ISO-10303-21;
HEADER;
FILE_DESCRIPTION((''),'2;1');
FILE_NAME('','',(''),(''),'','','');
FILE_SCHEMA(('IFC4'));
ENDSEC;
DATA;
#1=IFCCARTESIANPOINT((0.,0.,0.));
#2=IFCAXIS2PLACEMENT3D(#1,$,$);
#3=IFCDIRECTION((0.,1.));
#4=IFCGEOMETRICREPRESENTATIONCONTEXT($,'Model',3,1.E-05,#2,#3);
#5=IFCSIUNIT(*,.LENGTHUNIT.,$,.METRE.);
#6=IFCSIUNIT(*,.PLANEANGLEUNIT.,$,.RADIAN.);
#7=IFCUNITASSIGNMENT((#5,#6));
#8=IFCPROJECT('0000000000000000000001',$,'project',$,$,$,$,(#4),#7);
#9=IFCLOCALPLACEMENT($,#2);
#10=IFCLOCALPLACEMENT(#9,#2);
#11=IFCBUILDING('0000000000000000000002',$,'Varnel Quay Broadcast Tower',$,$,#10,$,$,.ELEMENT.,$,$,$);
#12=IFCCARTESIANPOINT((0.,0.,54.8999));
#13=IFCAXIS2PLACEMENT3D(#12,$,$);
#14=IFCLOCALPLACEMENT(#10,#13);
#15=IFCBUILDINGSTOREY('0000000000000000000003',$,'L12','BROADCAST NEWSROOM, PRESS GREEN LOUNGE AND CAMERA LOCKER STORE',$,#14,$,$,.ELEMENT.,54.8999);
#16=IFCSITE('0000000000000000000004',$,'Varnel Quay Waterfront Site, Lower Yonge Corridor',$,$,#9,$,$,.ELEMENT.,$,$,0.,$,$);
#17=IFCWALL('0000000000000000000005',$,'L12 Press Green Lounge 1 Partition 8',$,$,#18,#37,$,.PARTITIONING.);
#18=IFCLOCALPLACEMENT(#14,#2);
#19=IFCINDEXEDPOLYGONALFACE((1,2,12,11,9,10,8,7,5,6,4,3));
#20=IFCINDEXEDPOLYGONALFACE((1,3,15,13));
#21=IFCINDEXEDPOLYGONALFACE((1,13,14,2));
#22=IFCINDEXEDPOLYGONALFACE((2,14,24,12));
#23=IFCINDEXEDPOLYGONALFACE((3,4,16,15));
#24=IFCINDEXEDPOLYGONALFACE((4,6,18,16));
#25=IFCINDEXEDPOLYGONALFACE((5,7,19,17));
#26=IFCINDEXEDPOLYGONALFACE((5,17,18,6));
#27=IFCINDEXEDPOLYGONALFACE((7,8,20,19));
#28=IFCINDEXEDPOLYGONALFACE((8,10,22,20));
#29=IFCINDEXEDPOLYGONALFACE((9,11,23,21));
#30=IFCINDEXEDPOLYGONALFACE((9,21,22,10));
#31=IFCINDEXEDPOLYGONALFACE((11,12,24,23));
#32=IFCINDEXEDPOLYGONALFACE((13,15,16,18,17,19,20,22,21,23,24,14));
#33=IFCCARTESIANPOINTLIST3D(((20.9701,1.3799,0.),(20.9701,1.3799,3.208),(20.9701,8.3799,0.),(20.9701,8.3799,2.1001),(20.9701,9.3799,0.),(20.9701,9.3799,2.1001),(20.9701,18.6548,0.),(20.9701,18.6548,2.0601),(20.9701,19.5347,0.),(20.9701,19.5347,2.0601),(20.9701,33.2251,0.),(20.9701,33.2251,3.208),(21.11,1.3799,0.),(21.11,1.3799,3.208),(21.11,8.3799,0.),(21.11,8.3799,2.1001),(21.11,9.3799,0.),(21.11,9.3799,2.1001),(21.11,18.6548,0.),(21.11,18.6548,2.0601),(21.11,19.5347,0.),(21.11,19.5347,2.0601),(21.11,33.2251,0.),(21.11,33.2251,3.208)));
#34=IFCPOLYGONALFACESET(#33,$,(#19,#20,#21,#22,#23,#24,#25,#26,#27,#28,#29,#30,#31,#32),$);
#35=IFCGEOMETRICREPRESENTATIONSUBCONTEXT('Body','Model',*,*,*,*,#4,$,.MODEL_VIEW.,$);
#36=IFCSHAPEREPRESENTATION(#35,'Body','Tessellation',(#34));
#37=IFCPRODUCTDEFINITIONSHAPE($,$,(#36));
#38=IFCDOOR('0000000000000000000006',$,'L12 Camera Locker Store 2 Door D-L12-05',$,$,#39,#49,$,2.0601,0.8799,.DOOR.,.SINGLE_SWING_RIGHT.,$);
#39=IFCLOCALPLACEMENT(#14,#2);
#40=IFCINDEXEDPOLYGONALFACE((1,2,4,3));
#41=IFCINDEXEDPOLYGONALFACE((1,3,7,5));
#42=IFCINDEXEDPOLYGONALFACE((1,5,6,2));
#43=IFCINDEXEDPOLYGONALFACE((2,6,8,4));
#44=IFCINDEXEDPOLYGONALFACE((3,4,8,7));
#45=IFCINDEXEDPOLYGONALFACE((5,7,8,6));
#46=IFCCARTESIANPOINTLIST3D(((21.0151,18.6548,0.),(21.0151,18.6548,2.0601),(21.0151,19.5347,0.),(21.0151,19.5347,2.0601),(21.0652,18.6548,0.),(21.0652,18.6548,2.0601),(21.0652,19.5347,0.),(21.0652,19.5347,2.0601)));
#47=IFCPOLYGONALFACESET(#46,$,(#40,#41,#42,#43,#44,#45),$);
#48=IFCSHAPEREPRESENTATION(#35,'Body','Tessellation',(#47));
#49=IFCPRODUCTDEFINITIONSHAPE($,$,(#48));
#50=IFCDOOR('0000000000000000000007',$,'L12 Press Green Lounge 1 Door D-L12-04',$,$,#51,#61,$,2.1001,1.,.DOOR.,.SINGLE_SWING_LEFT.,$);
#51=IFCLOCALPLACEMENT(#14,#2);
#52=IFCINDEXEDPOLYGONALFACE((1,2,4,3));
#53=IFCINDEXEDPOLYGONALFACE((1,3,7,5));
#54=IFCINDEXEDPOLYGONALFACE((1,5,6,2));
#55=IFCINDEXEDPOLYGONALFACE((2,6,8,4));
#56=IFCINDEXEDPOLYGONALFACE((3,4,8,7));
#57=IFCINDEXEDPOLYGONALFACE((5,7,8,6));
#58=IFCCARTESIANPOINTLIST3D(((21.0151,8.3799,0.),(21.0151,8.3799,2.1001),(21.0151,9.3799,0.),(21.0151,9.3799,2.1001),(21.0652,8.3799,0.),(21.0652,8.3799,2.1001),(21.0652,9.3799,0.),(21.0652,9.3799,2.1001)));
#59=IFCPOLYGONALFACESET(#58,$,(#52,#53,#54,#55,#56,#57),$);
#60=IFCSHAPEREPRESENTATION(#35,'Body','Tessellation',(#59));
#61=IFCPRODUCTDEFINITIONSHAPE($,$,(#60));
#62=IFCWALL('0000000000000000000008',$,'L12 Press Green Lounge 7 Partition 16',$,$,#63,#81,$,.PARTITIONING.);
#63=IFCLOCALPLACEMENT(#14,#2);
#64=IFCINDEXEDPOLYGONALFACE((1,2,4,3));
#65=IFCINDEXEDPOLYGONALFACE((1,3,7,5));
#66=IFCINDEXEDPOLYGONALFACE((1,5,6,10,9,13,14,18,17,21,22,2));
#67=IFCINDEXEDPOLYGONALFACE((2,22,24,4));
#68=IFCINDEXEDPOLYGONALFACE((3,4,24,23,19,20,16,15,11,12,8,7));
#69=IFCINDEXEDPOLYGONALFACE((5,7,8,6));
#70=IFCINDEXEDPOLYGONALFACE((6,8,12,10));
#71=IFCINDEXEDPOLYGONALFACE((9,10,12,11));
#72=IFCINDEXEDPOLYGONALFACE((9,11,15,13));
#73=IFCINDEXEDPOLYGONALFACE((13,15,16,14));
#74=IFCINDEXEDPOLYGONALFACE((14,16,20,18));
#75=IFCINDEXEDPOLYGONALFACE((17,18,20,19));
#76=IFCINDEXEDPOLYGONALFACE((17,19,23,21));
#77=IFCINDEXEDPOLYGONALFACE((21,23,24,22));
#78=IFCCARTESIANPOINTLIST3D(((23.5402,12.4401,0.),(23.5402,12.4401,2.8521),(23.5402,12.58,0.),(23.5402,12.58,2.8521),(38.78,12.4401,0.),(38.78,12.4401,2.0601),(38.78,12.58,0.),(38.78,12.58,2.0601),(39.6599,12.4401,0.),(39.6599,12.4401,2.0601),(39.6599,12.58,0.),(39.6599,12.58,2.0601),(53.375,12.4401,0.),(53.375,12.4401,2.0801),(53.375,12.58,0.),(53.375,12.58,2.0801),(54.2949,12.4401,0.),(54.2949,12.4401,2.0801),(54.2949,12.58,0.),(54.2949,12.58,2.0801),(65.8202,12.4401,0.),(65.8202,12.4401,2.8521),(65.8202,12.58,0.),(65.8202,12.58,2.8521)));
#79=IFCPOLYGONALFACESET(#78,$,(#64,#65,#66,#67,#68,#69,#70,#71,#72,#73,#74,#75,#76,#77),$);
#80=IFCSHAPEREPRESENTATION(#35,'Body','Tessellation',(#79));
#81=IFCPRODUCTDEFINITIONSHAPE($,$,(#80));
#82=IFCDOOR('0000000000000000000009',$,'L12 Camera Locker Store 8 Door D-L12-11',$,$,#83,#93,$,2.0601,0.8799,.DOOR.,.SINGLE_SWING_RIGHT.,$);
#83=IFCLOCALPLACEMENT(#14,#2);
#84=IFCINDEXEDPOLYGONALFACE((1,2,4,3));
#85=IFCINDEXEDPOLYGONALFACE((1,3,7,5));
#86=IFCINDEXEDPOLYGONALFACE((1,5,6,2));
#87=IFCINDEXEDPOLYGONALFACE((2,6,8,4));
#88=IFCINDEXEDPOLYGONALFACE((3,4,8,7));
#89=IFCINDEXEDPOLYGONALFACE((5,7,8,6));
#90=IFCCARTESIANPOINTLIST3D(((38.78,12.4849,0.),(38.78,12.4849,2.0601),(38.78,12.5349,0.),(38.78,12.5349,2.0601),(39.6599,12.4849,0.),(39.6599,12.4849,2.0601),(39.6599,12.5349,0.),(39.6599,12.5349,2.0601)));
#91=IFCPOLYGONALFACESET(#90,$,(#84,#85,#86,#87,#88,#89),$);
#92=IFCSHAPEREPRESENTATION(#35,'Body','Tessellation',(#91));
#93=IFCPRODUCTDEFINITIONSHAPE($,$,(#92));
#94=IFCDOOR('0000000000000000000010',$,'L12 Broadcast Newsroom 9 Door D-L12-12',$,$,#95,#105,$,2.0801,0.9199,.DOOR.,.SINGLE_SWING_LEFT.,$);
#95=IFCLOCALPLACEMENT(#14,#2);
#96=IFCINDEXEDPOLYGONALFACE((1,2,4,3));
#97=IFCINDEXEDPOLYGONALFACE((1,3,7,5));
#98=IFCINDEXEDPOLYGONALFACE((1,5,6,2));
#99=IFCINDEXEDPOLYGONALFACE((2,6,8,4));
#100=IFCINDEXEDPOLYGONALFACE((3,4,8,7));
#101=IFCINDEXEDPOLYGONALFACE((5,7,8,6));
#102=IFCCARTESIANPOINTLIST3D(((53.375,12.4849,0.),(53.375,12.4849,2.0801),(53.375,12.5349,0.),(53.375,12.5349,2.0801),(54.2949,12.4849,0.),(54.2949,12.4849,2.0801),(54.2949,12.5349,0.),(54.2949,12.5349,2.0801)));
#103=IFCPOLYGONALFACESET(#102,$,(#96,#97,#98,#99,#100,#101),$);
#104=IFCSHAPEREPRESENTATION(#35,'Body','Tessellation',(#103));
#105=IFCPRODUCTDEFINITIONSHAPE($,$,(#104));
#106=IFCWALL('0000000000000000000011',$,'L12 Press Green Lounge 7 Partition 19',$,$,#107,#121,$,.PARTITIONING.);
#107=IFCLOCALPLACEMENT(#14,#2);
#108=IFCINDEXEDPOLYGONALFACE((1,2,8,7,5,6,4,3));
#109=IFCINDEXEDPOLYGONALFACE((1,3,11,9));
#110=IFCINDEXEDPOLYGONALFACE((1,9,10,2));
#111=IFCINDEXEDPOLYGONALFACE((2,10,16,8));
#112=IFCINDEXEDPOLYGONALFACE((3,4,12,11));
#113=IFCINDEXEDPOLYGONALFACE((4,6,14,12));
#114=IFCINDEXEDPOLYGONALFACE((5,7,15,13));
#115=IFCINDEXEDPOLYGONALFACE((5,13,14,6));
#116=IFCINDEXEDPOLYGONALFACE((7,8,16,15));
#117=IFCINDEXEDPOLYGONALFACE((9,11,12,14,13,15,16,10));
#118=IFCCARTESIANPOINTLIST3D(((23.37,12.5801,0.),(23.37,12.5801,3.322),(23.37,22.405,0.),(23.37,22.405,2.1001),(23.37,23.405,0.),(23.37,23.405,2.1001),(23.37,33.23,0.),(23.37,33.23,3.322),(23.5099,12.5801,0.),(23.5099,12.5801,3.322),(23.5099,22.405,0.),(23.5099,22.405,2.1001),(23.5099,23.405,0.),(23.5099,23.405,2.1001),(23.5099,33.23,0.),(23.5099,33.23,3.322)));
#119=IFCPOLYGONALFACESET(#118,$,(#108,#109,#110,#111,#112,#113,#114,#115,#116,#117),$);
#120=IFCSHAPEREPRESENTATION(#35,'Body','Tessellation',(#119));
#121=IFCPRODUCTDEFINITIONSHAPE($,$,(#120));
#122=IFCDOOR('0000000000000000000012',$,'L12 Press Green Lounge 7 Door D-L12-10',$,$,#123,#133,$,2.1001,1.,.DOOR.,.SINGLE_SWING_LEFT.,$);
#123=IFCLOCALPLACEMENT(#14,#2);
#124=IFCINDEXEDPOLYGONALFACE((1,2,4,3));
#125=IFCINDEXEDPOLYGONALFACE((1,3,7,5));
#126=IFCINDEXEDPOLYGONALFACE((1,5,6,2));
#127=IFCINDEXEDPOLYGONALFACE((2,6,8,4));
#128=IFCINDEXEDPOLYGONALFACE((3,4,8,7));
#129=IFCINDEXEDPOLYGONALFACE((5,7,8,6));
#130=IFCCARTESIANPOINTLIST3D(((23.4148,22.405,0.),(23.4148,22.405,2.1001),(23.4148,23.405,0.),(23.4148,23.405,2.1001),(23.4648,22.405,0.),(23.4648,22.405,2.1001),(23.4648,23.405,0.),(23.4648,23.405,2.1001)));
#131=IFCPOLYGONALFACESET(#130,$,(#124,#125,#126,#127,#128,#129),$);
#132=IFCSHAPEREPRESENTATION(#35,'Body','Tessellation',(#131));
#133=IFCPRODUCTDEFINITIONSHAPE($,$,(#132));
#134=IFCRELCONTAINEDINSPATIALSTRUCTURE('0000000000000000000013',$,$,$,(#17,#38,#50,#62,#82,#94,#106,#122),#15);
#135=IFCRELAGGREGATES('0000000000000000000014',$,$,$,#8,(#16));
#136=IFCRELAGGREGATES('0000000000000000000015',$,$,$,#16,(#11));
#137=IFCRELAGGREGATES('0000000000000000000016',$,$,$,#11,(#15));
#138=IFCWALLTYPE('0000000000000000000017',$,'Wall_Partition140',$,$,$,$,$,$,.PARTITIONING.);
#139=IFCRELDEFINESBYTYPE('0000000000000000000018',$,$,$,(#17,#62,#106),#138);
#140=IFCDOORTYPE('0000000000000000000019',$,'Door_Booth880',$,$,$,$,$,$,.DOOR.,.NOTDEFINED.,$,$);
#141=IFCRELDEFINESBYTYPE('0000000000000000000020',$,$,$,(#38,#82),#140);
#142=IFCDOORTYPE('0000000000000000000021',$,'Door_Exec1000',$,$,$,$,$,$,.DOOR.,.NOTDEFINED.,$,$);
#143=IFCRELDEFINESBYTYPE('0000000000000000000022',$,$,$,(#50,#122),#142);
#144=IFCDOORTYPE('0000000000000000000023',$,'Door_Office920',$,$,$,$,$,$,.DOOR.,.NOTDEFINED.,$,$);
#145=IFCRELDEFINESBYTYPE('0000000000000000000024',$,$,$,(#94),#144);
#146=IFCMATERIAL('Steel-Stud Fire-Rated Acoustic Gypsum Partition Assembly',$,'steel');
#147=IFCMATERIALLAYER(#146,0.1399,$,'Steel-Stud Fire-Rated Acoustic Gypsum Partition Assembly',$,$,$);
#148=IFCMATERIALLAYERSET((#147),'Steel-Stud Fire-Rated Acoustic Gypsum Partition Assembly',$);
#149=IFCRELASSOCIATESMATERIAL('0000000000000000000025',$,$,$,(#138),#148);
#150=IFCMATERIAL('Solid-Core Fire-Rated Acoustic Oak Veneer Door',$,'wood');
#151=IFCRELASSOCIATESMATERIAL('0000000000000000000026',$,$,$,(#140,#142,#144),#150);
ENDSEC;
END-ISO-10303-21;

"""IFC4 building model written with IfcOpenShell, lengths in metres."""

from ifc_helpers import new_model, si_unit, direction, frame, frame_2d, origin, place, context, subcontext, project, spatial, rectangle, extrude, source, transform, mapped, material, layer, layer_set, type_object, type_shapes, element, fill, save


model = new_model("IFC4")

# Units and contexts
model_context = context("Model", 3, precision=1e-05, world=origin(), true_north=direction((0.0, 1.0)))
body_context = subcontext(model_context, "Body", "Model", "MODEL_VIEW")
ifc_project = project(units=[si_unit("LENGTHUNIT", "METRE"), si_unit("PLANEANGLEUNIT", "RADIAN")], contexts=[model_context])

# Site, building, storey
site_placement = place(None, origin())
site = spatial("IfcSite", under=ifc_project, at=site_placement, Name="Varnel Quay Waterfront Site, Lower Yonge Corridor", CompositionType="ELEMENT", RefElevation=0.0)
building_placement = place(site_placement, origin())
building = spatial("IfcBuilding", under=site, at=building_placement, Name="Varnel Quay Broadcast Tower", CompositionType="ELEMENT")
storey_placement = place(building_placement, frame((0.0, 0.0, 54.8999)))
storey = spatial("IfcBuildingStorey", under=building, at=storey_placement, Name="L12", Description="BROADCAST NEWSROOM, PRESS GREEN LOUNGE AND CAMERA LOCKER STORE", CompositionType="ELEMENT", Elevation=54.8999)

# Walls, openings, doors
ifc_material_1 = material(Name="Steel-Stud Fire-Rated Acoustic Gypsum Partition Assembly", Category="steel")
ifc_layer_1 = layer(ifc_material_1, 0.1399, Name="Steel-Stud Fire-Rated Acoustic Gypsum Partition Assembly")
ifc_layer_set_1 = layer_set([ifc_layer_1], Name="Steel-Stud Fire-Rated Acoustic Gypsum Partition Assembly")
wall_type_1 = type_object("IfcWallType", Name="Wall_Partition140", PredefinedType="PARTITIONING", material=ifc_layer_set_1)
wall_1_placement = place(storey_placement, frame((21.04, 1.3799, 0.0), z_axis=(0.0, 0.0, 1.0), x_axis=(0.0, 1.0, 0.0)))
wall_1 = element("IfcWall", 1, at=wall_1_placement, inside=storey, type_object=wall_type_1, Name="L12 Press Green Lounge 1 Partition 8", PredefinedType="PARTITIONING", context=body_context, shape_type="SweptSolid", body=[
    extrude(rectangle(XDim=31.8452, YDim=0.1399, at=frame_2d((15.9226, 0.0))), origin(), (0.0, 0.0, 1.0), 3.208),
])
opening_1_placement = place(wall_1_placement, frame((7.0, 0.0, 0.0)))
opening_1 = element("IfcOpeningElement", 2, at=opening_1_placement, cuts=wall_1, PredefinedType="OPENING", context=body_context, shape_type="SweptSolid", body=[
    extrude(rectangle(XDim=1.0, YDim=2.1001, at=frame_2d((0.5, 1.05))), frame((0.0, 0.0801, 0.0), z_axis=(0.0, -1.0, 0.0), x_axis=(1.0, 0.0, 0.0)), (0.0, 0.0, 1.0), 0.1599),
])
opening_2_placement = place(wall_1_placement, frame((17.2749, 0.0, 0.0)))
opening_2 = element("IfcOpeningElement", 3, at=opening_2_placement, cuts=wall_1, PredefinedType="OPENING", context=body_context, shape_type="SweptSolid", body=[
    extrude(rectangle(XDim=0.8799, YDim=2.0601, at=frame_2d((0.4399, 1.03))), frame((0.0, 0.0801, 0.0), z_axis=(0.0, -1.0, 0.0), x_axis=(1.0, 0.0, 0.0)), (0.0, 0.0, 1.0), 0.1599),
])
ifc_material_2 = material(Name="Solid-Core Fire-Rated Acoustic Oak Veneer Door", Category="wood")
door_type_1 = type_object("IfcDoorType", Name="Door_Booth880", OperationType="NOTDEFINED", PredefinedType="DOOR", material=ifc_material_2)
shared_shape_1 = source(origin(), body_context, "Body", "SweptSolid", [
    extrude(rectangle(XDim=0.8799, YDim=2.0601, at=frame_2d((0.4399, 1.03))), frame((0.0, 0.0249, 0.0), z_axis=(0.0, -1.0, 0.0), x_axis=(1.0, 0.0, 0.0)), (0.0, 0.0, 1.0), 0.05),
])
type_shapes(door_type_1, [shared_shape_1])
door_1_placement = place(opening_2_placement, origin())
door_1 = element("IfcDoor", 4, at=door_1_placement, inside=storey, type_object=door_type_1, Name="L12 Camera Locker Store 2 Door D-L12-05", OperationType="SINGLE_SWING_RIGHT", OverallHeight=2.0601, OverallWidth=0.8799, PredefinedType="DOOR", context=body_context, shape_type="MappedRepresentation", body=[
    mapped(shared_shape_1, transform((0.0, 0.0, 0.0), x_axis=(1.0, 0.0, 0.0), y_axis=(0.0, 1.0, 0.0), z_axis=(0.0, 0.0, 1.0), scale=1.0)),
])
fill(opening_2, door_1)
door_type_2 = type_object("IfcDoorType", Name="Door_Exec1000", OperationType="NOTDEFINED", PredefinedType="DOOR", material=ifc_material_2)
shared_shape_2 = source(origin(), body_context, "Body", "SweptSolid", [
    extrude(rectangle(XDim=1.0, YDim=2.1001, at=frame_2d((0.5, 1.05))), frame((0.0, 0.0249, 0.0), z_axis=(0.0, -1.0, 0.0), x_axis=(1.0, 0.0, 0.0)), (0.0, 0.0, 1.0), 0.05),
])
type_shapes(door_type_2, [shared_shape_2])
door_2_placement = place(opening_1_placement, origin())
door_2 = element("IfcDoor", 5, at=door_2_placement, inside=storey, type_object=door_type_2, Name="L12 Press Green Lounge 1 Door D-L12-04", OperationType="SINGLE_SWING_LEFT", OverallHeight=2.1001, OverallWidth=1.0, PredefinedType="DOOR", context=body_context, shape_type="MappedRepresentation", body=[
    mapped(shared_shape_2, transform((0.0, 0.0, 0.0), x_axis=(1.0, 0.0, 0.0), y_axis=(0.0, 1.0, 0.0), z_axis=(0.0, 0.0, 1.0), scale=1.0)),
])
fill(opening_1, door_2)
wall_2_placement = place(storey_placement, frame((23.54, 12.51, 0.0), z_axis=(0.0, 0.0, 1.0), x_axis=(1.0, 0.0, 0.0)))
wall_2 = element("IfcWall", 6, at=wall_2_placement, inside=storey, type_object=wall_type_1, Name="L12 Press Green Lounge 7 Partition 16", PredefinedType="PARTITIONING", context=body_context, shape_type="SweptSolid", body=[
    extrude(rectangle(XDim=42.28, YDim=0.1399, at=frame_2d((21.1401, 0.0))), origin(), (0.0, 0.0, 1.0), 2.8521),
])
opening_3_placement = place(wall_2_placement, frame((15.24, 0.0, 0.0)))
opening_3 = element("IfcOpeningElement", 7, at=opening_3_placement, cuts=wall_2, PredefinedType="OPENING", context=body_context, shape_type="SweptSolid", body=[
    extrude(rectangle(XDim=0.8799, YDim=2.0601, at=frame_2d((0.4399, 1.03))), frame((0.0, 0.0801, 0.0), z_axis=(0.0, -1.0, 0.0), x_axis=(1.0, 0.0, 0.0)), (0.0, 0.0, 1.0), 0.1599),
])
opening_4_placement = place(wall_2_placement, frame((29.835, 0.0, 0.0)))
opening_4 = element("IfcOpeningElement", 8, at=opening_4_placement, cuts=wall_2, PredefinedType="OPENING", context=body_context, shape_type="SweptSolid", body=[
    extrude(rectangle(XDim=0.9199, YDim=2.0801, at=frame_2d((0.46, 1.04))), frame((0.0, 0.0801, 0.0), z_axis=(0.0, -1.0, 0.0), x_axis=(1.0, 0.0, 0.0)), (0.0, 0.0, 1.0), 0.1599),
])
door_3_placement = place(opening_3_placement, origin())
door_3 = element("IfcDoor", 9, at=door_3_placement, inside=storey, type_object=door_type_1, Name="L12 Camera Locker Store 8 Door D-L12-11", OperationType="SINGLE_SWING_RIGHT", OverallHeight=2.0601, OverallWidth=0.8799, PredefinedType="DOOR", context=body_context, shape_type="MappedRepresentation", body=[
    mapped(shared_shape_1, transform((0.0, 0.0, 0.0), x_axis=(1.0, 0.0, 0.0), y_axis=(0.0, 1.0, 0.0), z_axis=(0.0, 0.0, 1.0), scale=1.0)),
])
fill(opening_3, door_3)
door_type_3 = type_object("IfcDoorType", Name="Door_Office920", OperationType="NOTDEFINED", PredefinedType="DOOR", material=ifc_material_2)
shared_shape_3 = source(origin(), body_context, "Body", "SweptSolid", [
    extrude(rectangle(XDim=0.9199, YDim=2.0801, at=frame_2d((0.46, 1.04))), frame((0.0, 0.0249, 0.0), z_axis=(0.0, -1.0, 0.0), x_axis=(1.0, 0.0, 0.0)), (0.0, 0.0, 1.0), 0.05),
])
type_shapes(door_type_3, [shared_shape_3])
door_4_placement = place(opening_4_placement, origin())
door_4 = element("IfcDoor", 10, at=door_4_placement, inside=storey, type_object=door_type_3, Name="L12 Broadcast Newsroom 9 Door D-L12-12", OperationType="SINGLE_SWING_LEFT", OverallHeight=2.0801, OverallWidth=0.9199, PredefinedType="DOOR", context=body_context, shape_type="MappedRepresentation", body=[
    mapped(shared_shape_3, transform((0.0, 0.0, 0.0), x_axis=(1.0, 0.0, 0.0), y_axis=(0.0, 1.0, 0.0), z_axis=(0.0, 0.0, 1.0), scale=1.0)),
])
fill(opening_4, door_4)

# Wall, opening, door
wall_3_placement = place(storey_placement, frame((23.4399, 12.5801, 0.0), z_axis=(0.0, 0.0, 1.0), x_axis=(0.0, 1.0, 0.0)))
wall_3 = element("IfcWall", 11, at=wall_3_placement, inside=storey, type_object=wall_type_1, Name="L12 Press Green Lounge 7 Partition 19", PredefinedType="PARTITIONING", context=body_context, shape_type="SweptSolid", body=[
    extrude(rectangle(XDim=20.6499, YDim=0.1399, at=frame_2d((10.325, 0.0))), origin(), (0.0, 0.0, 1.0), 3.322),
])
opening_5_placement = place(wall_3_placement, frame((9.825, 0.0, 0.0)))
opening_5 = element("IfcOpeningElement", 12, at=opening_5_placement, cuts=wall_3, PredefinedType="OPENING", context=body_context, shape_type="SweptSolid", body=[
    extrude(rectangle(XDim=1.0, YDim=2.1001, at=frame_2d((0.5, 1.05))), frame((0.0, 0.0801, 0.0), z_axis=(0.0, -1.0, 0.0), x_axis=(1.0, 0.0, 0.0)), (0.0, 0.0, 1.0), 0.1599),
])
door_5_placement = place(opening_5_placement, frame((1.0, 0.0, 0.0), z_axis=(0.0, 0.0, 1.0), x_axis=(-1.0, 0.0, 0.0)))
door_5 = element("IfcDoor", 13, at=door_5_placement, inside=storey, type_object=door_type_2, Name="L12 Press Green Lounge 7 Door D-L12-10", OperationType="SINGLE_SWING_LEFT", OverallHeight=2.1001, OverallWidth=1.0, PredefinedType="DOOR", context=body_context, shape_type="MappedRepresentation", body=[
    mapped(shared_shape_2, transform((0.0, 0.0, 0.0), x_axis=(1.0, 0.0, 0.0), y_axis=(0.0, 1.0, 0.0), z_axis=(0.0, 0.0, 1.0), scale=1.0)),
])
fill(opening_5, door_5)

save(model, "model.ifc")
